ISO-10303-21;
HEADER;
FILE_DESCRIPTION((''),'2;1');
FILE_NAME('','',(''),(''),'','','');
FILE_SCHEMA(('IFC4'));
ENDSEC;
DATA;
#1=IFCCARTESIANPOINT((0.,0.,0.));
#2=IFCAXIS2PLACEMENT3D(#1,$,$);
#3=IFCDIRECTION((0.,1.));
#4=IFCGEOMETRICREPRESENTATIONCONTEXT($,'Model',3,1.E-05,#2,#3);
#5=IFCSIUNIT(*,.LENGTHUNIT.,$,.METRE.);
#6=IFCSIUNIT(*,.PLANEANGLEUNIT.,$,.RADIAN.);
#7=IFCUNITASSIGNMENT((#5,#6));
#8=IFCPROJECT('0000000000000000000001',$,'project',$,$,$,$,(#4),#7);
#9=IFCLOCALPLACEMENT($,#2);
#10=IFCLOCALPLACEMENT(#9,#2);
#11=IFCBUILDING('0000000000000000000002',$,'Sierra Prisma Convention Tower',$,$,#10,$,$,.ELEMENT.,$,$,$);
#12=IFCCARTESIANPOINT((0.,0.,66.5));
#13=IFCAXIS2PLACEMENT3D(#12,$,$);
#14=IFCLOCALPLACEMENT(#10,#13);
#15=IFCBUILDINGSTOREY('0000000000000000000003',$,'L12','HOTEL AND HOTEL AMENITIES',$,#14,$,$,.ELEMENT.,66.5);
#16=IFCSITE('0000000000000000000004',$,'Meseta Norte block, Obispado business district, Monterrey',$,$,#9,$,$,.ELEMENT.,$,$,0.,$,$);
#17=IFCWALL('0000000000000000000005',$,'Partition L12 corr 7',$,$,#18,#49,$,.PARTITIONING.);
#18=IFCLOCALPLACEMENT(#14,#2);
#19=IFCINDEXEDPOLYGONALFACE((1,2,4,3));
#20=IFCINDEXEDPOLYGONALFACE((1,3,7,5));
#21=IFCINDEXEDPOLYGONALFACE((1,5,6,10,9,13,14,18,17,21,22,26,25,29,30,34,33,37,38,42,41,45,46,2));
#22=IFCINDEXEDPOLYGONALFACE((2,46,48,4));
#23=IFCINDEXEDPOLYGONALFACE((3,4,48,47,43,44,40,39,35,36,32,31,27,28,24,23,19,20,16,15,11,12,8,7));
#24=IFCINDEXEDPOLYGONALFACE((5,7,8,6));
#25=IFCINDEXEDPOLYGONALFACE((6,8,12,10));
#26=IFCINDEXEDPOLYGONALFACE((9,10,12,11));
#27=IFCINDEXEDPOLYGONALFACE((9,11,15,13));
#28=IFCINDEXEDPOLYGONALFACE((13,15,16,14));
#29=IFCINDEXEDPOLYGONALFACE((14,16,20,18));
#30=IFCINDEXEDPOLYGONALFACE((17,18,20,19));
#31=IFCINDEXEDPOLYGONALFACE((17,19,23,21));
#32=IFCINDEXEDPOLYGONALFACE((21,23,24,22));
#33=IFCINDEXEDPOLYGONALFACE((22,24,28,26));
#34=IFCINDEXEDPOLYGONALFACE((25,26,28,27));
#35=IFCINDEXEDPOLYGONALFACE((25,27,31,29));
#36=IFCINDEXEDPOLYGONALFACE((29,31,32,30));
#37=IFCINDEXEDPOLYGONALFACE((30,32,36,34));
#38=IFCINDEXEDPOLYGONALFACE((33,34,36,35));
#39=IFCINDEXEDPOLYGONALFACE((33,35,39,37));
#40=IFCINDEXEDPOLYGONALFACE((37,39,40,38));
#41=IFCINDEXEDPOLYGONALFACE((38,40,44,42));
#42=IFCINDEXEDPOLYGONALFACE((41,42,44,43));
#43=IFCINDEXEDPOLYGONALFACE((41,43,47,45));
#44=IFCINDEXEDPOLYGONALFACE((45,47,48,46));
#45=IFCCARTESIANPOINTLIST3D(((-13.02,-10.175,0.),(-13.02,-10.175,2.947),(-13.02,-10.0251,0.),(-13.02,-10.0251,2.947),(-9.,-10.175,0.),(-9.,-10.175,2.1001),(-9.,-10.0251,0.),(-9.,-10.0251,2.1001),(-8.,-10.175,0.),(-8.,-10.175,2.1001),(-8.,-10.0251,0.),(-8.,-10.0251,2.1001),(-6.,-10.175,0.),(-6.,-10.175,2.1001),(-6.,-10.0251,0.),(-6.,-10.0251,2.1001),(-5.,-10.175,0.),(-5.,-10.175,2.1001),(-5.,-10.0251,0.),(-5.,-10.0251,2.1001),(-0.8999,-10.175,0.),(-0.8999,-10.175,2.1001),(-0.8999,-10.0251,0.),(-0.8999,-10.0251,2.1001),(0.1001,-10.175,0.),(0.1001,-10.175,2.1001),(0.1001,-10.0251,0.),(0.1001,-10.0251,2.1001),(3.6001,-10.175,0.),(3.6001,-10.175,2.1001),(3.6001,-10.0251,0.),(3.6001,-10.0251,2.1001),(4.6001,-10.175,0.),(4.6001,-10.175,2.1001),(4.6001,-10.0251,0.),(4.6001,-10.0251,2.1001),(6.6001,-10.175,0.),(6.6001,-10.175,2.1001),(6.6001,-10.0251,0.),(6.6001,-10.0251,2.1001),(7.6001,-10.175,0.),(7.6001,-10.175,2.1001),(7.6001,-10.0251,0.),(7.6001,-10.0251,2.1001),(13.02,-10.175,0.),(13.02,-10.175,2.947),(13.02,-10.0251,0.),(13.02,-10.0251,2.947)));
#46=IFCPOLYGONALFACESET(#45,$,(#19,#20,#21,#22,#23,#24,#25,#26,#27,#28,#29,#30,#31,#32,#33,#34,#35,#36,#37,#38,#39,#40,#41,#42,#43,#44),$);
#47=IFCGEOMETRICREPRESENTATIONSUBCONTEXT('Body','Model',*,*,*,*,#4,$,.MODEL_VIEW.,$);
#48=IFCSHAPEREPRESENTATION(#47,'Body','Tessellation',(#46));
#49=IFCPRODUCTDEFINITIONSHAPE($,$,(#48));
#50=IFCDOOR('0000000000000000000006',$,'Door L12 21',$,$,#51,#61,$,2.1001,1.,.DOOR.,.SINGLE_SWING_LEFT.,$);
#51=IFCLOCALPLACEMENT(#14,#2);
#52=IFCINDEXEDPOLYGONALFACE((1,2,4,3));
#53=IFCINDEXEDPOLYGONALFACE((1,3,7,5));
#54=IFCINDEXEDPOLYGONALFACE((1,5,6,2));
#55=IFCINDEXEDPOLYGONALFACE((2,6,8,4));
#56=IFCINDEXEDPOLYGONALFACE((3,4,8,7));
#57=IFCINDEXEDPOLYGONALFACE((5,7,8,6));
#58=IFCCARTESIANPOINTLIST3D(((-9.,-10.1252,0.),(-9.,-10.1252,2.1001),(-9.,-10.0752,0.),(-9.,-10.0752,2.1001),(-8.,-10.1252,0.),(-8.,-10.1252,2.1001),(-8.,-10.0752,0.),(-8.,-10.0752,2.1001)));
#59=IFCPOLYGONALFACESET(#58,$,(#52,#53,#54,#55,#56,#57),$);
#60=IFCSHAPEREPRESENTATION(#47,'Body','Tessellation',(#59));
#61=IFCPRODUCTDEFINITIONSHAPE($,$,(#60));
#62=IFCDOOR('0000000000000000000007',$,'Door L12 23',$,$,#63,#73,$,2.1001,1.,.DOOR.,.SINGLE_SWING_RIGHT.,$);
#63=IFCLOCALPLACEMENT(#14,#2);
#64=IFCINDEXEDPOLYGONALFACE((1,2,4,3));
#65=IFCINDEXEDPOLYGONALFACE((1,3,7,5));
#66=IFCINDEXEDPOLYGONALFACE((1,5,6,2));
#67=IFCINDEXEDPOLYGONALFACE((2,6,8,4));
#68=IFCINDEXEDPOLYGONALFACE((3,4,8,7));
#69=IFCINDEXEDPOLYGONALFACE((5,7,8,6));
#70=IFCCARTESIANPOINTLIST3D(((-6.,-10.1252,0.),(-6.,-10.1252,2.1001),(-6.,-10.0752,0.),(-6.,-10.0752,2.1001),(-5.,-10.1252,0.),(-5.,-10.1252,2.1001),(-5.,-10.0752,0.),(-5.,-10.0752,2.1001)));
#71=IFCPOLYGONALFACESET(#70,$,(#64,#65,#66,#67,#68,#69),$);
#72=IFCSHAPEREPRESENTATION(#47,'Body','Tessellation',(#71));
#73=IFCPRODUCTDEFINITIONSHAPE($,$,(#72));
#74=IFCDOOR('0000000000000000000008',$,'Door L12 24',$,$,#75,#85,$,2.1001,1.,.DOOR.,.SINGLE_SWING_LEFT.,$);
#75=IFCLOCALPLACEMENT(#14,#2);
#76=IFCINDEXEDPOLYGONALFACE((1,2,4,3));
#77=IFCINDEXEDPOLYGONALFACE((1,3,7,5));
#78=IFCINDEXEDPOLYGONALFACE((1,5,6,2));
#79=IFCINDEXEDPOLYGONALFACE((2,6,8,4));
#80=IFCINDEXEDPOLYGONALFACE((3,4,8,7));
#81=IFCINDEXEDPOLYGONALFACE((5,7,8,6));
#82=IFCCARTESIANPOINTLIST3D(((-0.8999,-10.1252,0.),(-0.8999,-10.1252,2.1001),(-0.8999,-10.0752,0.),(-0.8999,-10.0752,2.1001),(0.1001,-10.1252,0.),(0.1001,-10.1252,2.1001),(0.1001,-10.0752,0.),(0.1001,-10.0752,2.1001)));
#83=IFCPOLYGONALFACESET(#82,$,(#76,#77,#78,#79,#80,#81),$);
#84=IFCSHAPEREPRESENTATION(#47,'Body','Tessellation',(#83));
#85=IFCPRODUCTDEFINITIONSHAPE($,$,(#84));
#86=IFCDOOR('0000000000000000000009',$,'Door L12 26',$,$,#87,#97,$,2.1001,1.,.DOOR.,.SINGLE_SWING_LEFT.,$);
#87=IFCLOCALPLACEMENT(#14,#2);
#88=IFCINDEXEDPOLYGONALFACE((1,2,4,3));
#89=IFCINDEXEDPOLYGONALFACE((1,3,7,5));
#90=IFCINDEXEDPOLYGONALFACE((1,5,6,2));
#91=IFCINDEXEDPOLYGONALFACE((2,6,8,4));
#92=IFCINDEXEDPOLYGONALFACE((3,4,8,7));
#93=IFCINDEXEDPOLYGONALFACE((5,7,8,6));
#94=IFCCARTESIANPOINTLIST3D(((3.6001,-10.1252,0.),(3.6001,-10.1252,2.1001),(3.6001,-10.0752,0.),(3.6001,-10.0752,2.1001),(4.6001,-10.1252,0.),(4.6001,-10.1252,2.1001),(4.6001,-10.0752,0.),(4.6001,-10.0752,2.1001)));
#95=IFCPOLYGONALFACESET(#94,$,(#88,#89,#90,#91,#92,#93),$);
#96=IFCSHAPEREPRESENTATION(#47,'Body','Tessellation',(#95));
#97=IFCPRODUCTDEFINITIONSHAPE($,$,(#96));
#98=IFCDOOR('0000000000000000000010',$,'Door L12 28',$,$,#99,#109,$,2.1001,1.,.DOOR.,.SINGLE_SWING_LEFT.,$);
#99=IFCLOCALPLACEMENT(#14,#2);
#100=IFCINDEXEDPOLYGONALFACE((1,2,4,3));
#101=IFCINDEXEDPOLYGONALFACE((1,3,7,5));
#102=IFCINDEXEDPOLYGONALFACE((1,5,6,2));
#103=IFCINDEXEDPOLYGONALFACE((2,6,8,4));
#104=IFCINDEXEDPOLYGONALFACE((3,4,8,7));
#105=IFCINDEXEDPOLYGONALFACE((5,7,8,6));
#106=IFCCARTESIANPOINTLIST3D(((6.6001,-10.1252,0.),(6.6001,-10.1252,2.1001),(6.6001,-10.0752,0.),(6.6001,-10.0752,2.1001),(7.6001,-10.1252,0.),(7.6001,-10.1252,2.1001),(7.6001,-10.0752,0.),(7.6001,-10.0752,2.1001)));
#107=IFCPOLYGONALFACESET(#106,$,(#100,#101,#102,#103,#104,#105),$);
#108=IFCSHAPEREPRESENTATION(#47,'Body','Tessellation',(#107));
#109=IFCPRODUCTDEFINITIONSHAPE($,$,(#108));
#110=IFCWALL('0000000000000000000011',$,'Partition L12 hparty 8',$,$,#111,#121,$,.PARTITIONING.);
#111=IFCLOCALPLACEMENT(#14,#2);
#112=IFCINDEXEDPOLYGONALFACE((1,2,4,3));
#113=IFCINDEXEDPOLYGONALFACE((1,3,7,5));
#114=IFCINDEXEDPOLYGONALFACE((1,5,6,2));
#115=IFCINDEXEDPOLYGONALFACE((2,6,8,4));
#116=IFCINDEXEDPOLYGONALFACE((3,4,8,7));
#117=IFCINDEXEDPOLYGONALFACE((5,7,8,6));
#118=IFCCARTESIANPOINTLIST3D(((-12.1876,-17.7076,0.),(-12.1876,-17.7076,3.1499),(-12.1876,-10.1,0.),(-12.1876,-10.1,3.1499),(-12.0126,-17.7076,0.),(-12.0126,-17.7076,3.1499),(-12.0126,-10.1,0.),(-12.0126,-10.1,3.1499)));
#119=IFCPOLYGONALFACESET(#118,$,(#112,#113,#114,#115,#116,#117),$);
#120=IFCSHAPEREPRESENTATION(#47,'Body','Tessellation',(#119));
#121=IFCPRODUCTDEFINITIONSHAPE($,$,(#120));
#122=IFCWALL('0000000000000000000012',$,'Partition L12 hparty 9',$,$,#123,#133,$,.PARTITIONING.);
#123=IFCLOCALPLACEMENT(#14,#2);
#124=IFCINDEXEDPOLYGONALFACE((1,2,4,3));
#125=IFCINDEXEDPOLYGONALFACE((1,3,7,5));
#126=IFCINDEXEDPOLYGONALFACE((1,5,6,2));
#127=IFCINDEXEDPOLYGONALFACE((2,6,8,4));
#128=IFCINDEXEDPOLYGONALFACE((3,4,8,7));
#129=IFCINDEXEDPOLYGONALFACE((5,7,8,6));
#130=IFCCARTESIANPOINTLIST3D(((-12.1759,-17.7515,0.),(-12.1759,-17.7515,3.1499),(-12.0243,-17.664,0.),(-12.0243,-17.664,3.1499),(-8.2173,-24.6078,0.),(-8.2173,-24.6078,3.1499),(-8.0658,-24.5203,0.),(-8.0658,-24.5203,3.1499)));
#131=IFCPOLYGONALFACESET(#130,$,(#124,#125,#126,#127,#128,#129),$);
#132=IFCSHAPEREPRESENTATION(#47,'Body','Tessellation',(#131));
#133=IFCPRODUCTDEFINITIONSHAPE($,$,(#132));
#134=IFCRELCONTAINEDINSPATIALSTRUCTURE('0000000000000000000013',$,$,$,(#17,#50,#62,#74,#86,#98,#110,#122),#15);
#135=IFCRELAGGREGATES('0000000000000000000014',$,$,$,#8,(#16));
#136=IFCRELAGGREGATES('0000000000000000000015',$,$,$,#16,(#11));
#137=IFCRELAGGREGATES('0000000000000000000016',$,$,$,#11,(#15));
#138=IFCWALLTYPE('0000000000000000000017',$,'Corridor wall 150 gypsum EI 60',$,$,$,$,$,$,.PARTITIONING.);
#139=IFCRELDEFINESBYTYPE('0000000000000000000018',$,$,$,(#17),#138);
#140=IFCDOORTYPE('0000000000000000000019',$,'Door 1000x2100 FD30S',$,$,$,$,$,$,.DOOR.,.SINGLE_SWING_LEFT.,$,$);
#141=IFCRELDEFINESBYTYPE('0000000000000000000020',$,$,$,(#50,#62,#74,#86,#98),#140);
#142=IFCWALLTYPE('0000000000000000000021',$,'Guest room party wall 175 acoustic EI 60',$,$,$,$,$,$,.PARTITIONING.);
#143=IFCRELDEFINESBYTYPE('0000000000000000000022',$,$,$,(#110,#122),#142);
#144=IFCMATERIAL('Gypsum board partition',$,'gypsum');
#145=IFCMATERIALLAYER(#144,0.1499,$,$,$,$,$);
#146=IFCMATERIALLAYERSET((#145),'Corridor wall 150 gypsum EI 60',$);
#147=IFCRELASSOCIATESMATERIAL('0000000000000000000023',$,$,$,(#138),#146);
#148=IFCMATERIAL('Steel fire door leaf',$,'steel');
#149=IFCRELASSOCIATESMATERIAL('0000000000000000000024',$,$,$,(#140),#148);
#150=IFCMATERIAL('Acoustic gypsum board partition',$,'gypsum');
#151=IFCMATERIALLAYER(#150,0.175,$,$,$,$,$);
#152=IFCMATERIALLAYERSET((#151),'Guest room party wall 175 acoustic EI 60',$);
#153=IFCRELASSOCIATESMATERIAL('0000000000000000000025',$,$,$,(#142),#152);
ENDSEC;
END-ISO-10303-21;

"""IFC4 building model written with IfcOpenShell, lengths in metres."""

from ifc_helpers import new_model, si_unit, direction, frame, frame_2d, origin, place, context, subcontext, project, spatial, rectangle, extrude, material, layer, layer_set, type_object, element, fill, save


model = new_model("IFC4")

# Units and contexts
model_context = context("Model", 3, precision=1e-05, world=origin(), true_north=direction((0.0, 1.0)))
body_context = subcontext(model_context, "Body", "Model", "MODEL_VIEW")
ifc_project = project(units=[si_unit("LENGTHUNIT", "METRE"), si_unit("PLANEANGLEUNIT", "RADIAN")], contexts=[model_context])

# Site, building, storey
site_placement = place(None, origin())
site = spatial("IfcSite", under=ifc_project, at=site_placement, Name="Meseta Norte block, Obispado business district, Monterrey", CompositionType="ELEMENT", RefElevation=0.0)
building_placement = place(site_placement, origin())
building = spatial("IfcBuilding", under=site, at=building_placement, Name="Sierra Prisma Convention Tower", CompositionType="ELEMENT")
storey_placement = place(building_placement, frame((0.0, 0.0, 66.5)))
storey = spatial("IfcBuildingStorey", under=building, at=storey_placement, Name="L12", Description="HOTEL AND HOTEL AMENITIES", CompositionType="ELEMENT", Elevation=66.5)

# Shared definitions
ifc_material_1 = material(Name="Gypsum board partition", Category="gypsum")
ifc_layer_1 = layer(ifc_material_1, 0.1499)
ifc_layer_set_1 = layer_set([ifc_layer_1], Name="Corridor wall 150 gypsum EI 60")
wall_type_1 = type_object("IfcWallType", Name="Corridor wall 150 gypsum EI 60", PredefinedType="PARTITIONING", material=ifc_layer_set_1)

# Wall, openings, doors
wall_1_placement = place(storey_placement, frame((-13.02, -10.1001, 0.0), z_axis=(0.0, 0.0, 1.0), x_axis=(1.0, 0.0, 0.0)))
wall_1 = element("IfcWall", 1, at=wall_1_placement, inside=storey, type_object=wall_type_1, Name="Partition L12 corr 7", PredefinedType="PARTITIONING", context=body_context, shape_type="SweptSolid", body=[
    extrude(rectangle(XDim=26.04, YDim=0.1499, at=frame_2d((13.02, 0.0))), origin(), (0.0, 0.0, 1.0), 2.947),
])
opening_1_placement = place(wall_1_placement, frame((4.02, 0.0, 0.0)))
opening_1 = element("IfcOpeningElement", 2, at=opening_1_placement, cuts=wall_1, PredefinedType="OPENING", context=body_context, shape_type="SweptSolid", body=[
    extrude(rectangle(XDim=1.0, YDim=2.1001, at=frame_2d((0.5, 1.05))), frame((0.0, 0.075, 0.0), z_axis=(0.0, -1.0, 0.0), x_axis=(1.0, 0.0, 0.0)), (0.0, 0.0, 1.0), 0.1499),
])
opening_2_placement = place(wall_1_placement, frame((7.02, 0.0, 0.0)))
opening_2 = element("IfcOpeningElement", 3, at=opening_2_placement, cuts=wall_1, PredefinedType="OPENING", context=body_context, shape_type="SweptSolid", body=[
    extrude(rectangle(XDim=1.0, YDim=2.1001, at=frame_2d((0.5, 1.05))), frame((0.0, 0.075, 0.0), z_axis=(0.0, -1.0, 0.0), x_axis=(1.0, 0.0, 0.0)), (0.0, 0.0, 1.0), 0.1499),
])
opening_3_placement = place(wall_1_placement, frame((12.1201, 0.0, 0.0)))
opening_3 = element("IfcOpeningElement", 4, at=opening_3_placement, cuts=wall_1, PredefinedType="OPENING", context=body_context, shape_type="SweptSolid", body=[
    extrude(rectangle(XDim=1.0, YDim=2.1001, at=frame_2d((0.5, 1.05))), frame((0.0, 0.075, 0.0), z_axis=(0.0, -1.0, 0.0), x_axis=(1.0, 0.0, 0.0)), (0.0, 0.0, 1.0), 0.1499),
])
opening_4_placement = place(wall_1_placement, frame((16.6201, 0.0, 0.0)))
opening_4 = element("IfcOpeningElement", 5, at=opening_4_placement, cuts=wall_1, PredefinedType="OPENING", context=body_context, shape_type="SweptSolid", body=[
    extrude(rectangle(XDim=1.0, YDim=2.1001, at=frame_2d((0.5, 1.05))), frame((0.0, 0.075, 0.0), z_axis=(0.0, -1.0, 0.0), x_axis=(1.0, 0.0, 0.0)), (0.0, 0.0, 1.0), 0.1499),
])
opening_5_placement = place(wall_1_placement, frame((19.6201, 0.0, 0.0)))
opening_5 = element("IfcOpeningElement", 6, at=opening_5_placement, cuts=wall_1, PredefinedType="OPENING", context=body_context, shape_type="SweptSolid", body=[
    extrude(rectangle(XDim=1.0, YDim=2.1001, at=frame_2d((0.5, 1.05))), frame((0.0, 0.075, 0.0), z_axis=(0.0, -1.0, 0.0), x_axis=(1.0, 0.0, 0.0)), (0.0, 0.0, 1.0), 0.1499),
])
ifc_material_2 = material(Name="Steel fire door leaf", Category="steel")
door_type_1 = type_object("IfcDoorType", Name="Door 1000x2100 FD30S", OperationType="SINGLE_SWING_LEFT", PredefinedType="DOOR", material=ifc_material_2)
door_1_placement = place(opening_1_placement, origin())
door_1 = element("IfcDoor", 7, at=door_1_placement, inside=storey, type_object=door_type_1, Name="Door L12 21", OperationType="SINGLE_SWING_LEFT", OverallHeight=2.1001, OverallWidth=1.0, PredefinedType="DOOR", context=body_context, shape_type="SweptSolid", body=[
    extrude(rectangle(XDim=1.0, YDim=2.1001, at=frame_2d((0.5, 1.05))), frame((0.0, 0.0249, 0.0), z_axis=(0.0, -1.0, 0.0), x_axis=(1.0, 0.0, 0.0)), (0.0, 0.0, 1.0), 0.05),
])
fill(opening_1, door_1)
door_2_placement = place(opening_2_placement, origin())
door_2 = element("IfcDoor", 8, at=door_2_placement, inside=storey, type_object=door_type_1, Name="Door L12 23", OperationType="SINGLE_SWING_RIGHT", OverallHeight=2.1001, OverallWidth=1.0, PredefinedType="DOOR", context=body_context, shape_type="SweptSolid", body=[
    extrude(rectangle(XDim=1.0, YDim=2.1001, at=frame_2d((0.5, 1.05))), frame((0.0, 0.0249, 0.0), z_axis=(0.0, -1.0, 0.0), x_axis=(1.0, 0.0, 0.0)), (0.0, 0.0, 1.0), 0.05),
])
fill(opening_2, door_2)
door_3_placement = place(opening_3_placement, origin())
door_3 = element("IfcDoor", 9, at=door_3_placement, inside=storey, type_object=door_type_1, Name="Door L12 24", OperationType="SINGLE_SWING_LEFT", OverallHeight=2.1001, OverallWidth=1.0, PredefinedType="DOOR", context=body_context, shape_type="SweptSolid", body=[
    extrude(rectangle(XDim=1.0, YDim=2.1001, at=frame_2d((0.5, 1.05))), frame((0.0, 0.0249, 0.0), z_axis=(0.0, -1.0, 0.0), x_axis=(1.0, 0.0, 0.0)), (0.0, 0.0, 1.0), 0.05),
])
fill(opening_3, door_3)
door_4_placement = place(opening_4_placement, origin())
door_4 = element("IfcDoor", 10, at=door_4_placement, inside=storey, type_object=door_type_1, Name="Door L12 26", OperationType="SINGLE_SWING_LEFT", OverallHeight=2.1001, OverallWidth=1.0, PredefinedType="DOOR", context=body_context, shape_type="SweptSolid", body=[
    extrude(rectangle(XDim=1.0, YDim=2.1001, at=frame_2d((0.5, 1.05))), frame((0.0, 0.0249, 0.0), z_axis=(0.0, -1.0, 0.0), x_axis=(1.0, 0.0, 0.0)), (0.0, 0.0, 1.0), 0.05),
])
fill(opening_4, door_4)
door_5_placement = place(opening_5_placement, origin())
door_5 = element("IfcDoor", 11, at=door_5_placement, inside=storey, type_object=door_type_1, Name="Door L12 28", OperationType="SINGLE_SWING_LEFT", OverallHeight=2.1001, OverallWidth=1.0, PredefinedType="DOOR", context=body_context, shape_type="SweptSolid", body=[
    extrude(rectangle(XDim=1.0, YDim=2.1001, at=frame_2d((0.5, 1.05))), frame((0.0, 0.0249, 0.0), z_axis=(0.0, -1.0, 0.0), x_axis=(1.0, 0.0, 0.0)), (0.0, 0.0, 1.0), 0.05),
])
fill(opening_5, door_5)

# Walls
ifc_material_3 = material(Name="Acoustic gypsum board partition", Category="gypsum")
ifc_layer_2 = layer(ifc_material_3, 0.175)
ifc_layer_set_2 = layer_set([ifc_layer_2], Name="Guest room party wall 175 acoustic EI 60")
wall_type_2 = type_object("IfcWallType", Name="Guest room party wall 175 acoustic EI 60", PredefinedType="PARTITIONING", material=ifc_layer_set_2)
wall_2_placement = place(storey_placement, frame((-12.1001, -10.1001, 0.0), z_axis=(0.0, 0.0, 1.0), x_axis=(0.0, -1.0, 0.0)))
element("IfcWall", 12, at=wall_2_placement, inside=storey, type_object=wall_type_2, Name="Partition L12 hparty 8", PredefinedType="PARTITIONING", context=body_context, shape_type="SweptSolid", body=[
    extrude(rectangle(XDim=7.6077, YDim=0.175, at=frame_2d((3.8037, 0.0))), origin(), (0.0, 0.0, 1.0), 3.1499),
])
wall_3_placement = place(storey_placement, frame((-12.1001, -17.7078, 0.0), z_axis=(0.0, 0.0, 1.0), x_axis=(0.500006, -0.866022, 0.0)))
element("IfcWall", 13, at=wall_3_placement, inside=storey, type_object=wall_type_2, Name="Partition L12 hparty 9", PredefinedType="PARTITIONING", context=body_context, shape_type="SweptSolid", body=[
    extrude(rectangle(XDim=7.917, YDim=0.175, at=frame_2d((3.9585, 0.0))), origin(), (0.0, 0.0, 1.0), 3.1499),
])

save(model, "model.ifc")
